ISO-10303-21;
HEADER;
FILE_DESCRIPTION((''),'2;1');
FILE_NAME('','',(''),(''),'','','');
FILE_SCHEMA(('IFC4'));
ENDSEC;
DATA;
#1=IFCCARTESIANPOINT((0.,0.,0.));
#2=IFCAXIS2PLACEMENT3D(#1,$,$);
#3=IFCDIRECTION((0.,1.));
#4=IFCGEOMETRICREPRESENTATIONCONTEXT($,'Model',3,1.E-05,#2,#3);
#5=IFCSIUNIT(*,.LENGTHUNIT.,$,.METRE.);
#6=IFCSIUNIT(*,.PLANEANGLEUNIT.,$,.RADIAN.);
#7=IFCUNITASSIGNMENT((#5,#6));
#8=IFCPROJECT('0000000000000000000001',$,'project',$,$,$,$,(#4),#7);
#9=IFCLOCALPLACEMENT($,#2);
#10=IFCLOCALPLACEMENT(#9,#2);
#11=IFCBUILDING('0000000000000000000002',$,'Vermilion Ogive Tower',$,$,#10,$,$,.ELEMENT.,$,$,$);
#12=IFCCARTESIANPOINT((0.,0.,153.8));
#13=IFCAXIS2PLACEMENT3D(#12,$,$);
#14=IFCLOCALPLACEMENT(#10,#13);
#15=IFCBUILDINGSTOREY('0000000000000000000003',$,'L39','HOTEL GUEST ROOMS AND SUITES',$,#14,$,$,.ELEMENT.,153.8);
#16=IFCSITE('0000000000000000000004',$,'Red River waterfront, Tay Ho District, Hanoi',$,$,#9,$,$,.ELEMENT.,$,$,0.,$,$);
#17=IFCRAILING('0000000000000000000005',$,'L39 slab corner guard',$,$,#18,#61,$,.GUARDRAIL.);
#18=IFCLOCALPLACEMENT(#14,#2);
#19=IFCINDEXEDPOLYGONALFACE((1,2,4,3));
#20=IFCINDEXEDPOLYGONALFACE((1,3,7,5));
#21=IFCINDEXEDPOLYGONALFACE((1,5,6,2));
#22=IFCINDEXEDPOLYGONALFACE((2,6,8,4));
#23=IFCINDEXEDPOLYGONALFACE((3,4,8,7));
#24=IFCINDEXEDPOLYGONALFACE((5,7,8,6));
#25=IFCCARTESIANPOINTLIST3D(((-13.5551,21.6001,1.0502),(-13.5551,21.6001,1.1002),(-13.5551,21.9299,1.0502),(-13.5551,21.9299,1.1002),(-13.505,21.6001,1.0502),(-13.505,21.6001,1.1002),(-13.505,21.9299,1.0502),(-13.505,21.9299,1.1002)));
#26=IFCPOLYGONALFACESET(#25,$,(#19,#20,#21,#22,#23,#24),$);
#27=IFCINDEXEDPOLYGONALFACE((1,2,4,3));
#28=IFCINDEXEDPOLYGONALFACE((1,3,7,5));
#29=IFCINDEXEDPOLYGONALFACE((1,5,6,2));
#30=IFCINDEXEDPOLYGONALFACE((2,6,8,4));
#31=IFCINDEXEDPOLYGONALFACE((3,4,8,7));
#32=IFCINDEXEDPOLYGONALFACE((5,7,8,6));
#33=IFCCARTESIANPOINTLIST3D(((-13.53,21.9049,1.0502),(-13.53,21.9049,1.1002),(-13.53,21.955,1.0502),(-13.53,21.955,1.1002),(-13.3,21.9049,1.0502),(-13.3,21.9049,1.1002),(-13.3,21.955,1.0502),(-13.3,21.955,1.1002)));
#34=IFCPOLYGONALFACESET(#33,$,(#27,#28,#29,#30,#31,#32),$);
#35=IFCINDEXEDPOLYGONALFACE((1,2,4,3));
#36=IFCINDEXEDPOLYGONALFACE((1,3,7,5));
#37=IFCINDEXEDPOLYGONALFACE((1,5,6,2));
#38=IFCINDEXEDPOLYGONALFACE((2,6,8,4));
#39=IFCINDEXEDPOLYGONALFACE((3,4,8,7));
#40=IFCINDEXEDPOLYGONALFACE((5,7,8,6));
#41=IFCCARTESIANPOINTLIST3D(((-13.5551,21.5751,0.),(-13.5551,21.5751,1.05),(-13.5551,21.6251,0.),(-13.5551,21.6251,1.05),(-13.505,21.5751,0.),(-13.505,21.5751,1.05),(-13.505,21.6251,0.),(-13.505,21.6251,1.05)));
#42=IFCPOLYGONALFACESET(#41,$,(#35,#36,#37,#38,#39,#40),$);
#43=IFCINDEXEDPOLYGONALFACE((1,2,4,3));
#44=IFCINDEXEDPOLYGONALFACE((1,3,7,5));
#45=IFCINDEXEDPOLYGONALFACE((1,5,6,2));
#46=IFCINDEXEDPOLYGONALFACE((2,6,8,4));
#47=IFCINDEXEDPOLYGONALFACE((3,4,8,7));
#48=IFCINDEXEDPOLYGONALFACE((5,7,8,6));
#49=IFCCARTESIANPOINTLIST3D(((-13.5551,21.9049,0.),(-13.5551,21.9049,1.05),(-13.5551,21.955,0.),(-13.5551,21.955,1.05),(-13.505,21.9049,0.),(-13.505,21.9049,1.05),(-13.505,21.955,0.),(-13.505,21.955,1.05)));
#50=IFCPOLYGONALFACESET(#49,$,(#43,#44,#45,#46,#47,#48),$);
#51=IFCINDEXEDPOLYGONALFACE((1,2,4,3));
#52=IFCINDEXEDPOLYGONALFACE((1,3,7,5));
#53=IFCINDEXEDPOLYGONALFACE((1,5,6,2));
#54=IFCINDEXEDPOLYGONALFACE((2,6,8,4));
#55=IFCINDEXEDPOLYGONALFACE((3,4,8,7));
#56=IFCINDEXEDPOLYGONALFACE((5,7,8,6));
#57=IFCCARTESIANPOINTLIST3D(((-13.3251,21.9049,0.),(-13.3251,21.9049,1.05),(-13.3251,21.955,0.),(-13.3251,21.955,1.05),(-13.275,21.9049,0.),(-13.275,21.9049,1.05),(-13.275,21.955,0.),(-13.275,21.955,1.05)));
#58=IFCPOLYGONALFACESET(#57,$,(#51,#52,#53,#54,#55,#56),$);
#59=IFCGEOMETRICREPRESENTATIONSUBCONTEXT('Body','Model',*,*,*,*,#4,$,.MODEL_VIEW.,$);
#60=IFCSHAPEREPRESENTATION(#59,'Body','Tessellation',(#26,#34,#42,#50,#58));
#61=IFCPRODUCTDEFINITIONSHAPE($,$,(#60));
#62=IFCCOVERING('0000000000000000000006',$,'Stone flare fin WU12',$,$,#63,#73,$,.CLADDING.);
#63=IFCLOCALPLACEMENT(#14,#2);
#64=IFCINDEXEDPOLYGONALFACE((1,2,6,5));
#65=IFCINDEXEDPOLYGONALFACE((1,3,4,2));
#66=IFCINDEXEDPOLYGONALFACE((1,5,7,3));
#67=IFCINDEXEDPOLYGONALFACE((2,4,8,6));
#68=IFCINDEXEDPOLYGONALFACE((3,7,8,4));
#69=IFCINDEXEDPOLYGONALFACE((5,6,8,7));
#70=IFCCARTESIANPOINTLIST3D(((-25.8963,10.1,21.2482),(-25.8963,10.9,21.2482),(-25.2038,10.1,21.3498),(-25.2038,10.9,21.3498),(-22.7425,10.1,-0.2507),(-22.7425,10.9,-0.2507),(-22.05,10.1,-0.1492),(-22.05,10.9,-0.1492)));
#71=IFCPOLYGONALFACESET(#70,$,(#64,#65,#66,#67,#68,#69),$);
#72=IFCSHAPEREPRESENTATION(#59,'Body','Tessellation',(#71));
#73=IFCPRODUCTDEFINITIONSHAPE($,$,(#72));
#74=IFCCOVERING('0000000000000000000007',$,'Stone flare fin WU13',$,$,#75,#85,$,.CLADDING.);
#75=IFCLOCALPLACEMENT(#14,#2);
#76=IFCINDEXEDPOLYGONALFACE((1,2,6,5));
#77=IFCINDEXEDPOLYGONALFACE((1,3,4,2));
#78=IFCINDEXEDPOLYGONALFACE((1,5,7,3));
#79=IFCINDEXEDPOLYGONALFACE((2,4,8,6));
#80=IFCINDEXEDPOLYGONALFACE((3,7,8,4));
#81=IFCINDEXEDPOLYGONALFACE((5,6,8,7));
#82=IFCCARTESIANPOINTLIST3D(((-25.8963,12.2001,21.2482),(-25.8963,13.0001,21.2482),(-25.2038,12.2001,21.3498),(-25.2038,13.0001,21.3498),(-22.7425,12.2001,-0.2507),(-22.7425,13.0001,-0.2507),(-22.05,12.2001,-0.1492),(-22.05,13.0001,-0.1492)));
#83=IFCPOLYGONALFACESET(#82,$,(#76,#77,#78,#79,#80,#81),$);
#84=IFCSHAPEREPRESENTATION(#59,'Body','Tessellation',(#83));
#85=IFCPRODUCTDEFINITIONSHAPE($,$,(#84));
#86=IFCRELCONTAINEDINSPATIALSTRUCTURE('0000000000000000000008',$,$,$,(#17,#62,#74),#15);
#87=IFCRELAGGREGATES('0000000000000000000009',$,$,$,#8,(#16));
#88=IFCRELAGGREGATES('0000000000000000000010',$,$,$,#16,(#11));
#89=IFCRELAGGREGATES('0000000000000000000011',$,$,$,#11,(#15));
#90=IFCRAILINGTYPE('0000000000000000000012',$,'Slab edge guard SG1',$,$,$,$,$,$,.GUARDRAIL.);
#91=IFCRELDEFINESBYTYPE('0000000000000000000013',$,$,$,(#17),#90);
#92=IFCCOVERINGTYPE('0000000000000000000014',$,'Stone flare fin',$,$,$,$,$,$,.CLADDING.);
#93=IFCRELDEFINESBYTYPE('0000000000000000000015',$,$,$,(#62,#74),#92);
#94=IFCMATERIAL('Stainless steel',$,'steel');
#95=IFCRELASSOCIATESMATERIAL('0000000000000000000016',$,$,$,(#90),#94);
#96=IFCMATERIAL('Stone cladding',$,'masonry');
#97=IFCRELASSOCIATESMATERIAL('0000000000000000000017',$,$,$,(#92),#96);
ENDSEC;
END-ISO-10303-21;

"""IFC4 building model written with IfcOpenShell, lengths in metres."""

from ifc_helpers import new_model, si_unit, direction, frame, origin, origin_2d, place, context, subcontext, project, spatial, rectangle, extrude, material, material_profile, profile_set, type_object, element, save


model = new_model("IFC4")

# Units and contexts
model_context = context("Model", 3, precision=1e-05, world=origin(), true_north=direction((0.0, 1.0)))
body_context = subcontext(model_context, "Body", "Model", "MODEL_VIEW")
ifc_project = project(units=[si_unit("LENGTHUNIT", "METRE"), si_unit("PLANEANGLEUNIT", "RADIAN")], contexts=[model_context])

# Site, building, storey
site_placement = place(None, origin())
site = spatial("IfcSite", under=ifc_project, at=site_placement, Name="Red River waterfront, Tay Ho District, Hanoi", CompositionType="ELEMENT", RefElevation=0.0)
building_placement = place(site_placement, origin())
building = spatial("IfcBuilding", under=site, at=building_placement, Name="Vermilion Ogive Tower", CompositionType="ELEMENT")
storey_placement = place(building_placement, frame((0.0, 0.0, 153.8)))
storey = spatial("IfcBuildingStorey", under=building, at=storey_placement, Name="L39", Description="HOTEL GUEST ROOMS AND SUITES", CompositionType="ELEMENT", Elevation=153.8)

# Railing
ifc_material_1 = material(Name="Stainless steel", Category="steel")
railing_type = type_object("IfcRailingType", Name="Slab edge guard SG1", PredefinedType="GUARDRAIL", material=ifc_material_1)
railing_1_placement = place(storey_placement, frame((-13.53, 21.6001, 0.0)))
element("IfcRailing", 1, at=railing_1_placement, inside=storey, type_object=railing_type, Name="L39 slab corner guard", PredefinedType="GUARDRAIL", context=body_context, shape_type="SweptSolid", body=[
    extrude(rectangle(XDim=0.05, YDim=0.05, at=origin_2d()), frame((0.0, 0.0, 1.0752), z_axis=(0.0, 1.0, 0.0), x_axis=(-1.0, 0.0, 0.0)), (0.0, 0.0, 1.0), 0.3298),
    extrude(rectangle(XDim=0.05, YDim=0.05, at=origin_2d()), frame((0.0, 0.3298, 1.0752), z_axis=(1.0, 0.0, 0.0), x_axis=(0.0, 1.0, 0.0)), (0.0, 0.0, 1.0), 0.23),
    extrude(rectangle(XDim=0.05, YDim=0.05, at=origin_2d()), origin(), (0.0, 0.0, 1.0), 1.05),
    extrude(rectangle(XDim=0.05, YDim=0.05, at=origin_2d()), frame((0.0, 0.3298, 0.0)), (0.0, 0.0, 1.0), 1.05),
    extrude(rectangle(XDim=0.05, YDim=0.05, at=origin_2d()), frame((0.23, 0.3298, 0.0)), (0.0, 0.0, 1.0), 1.05),
])

# Coverings
ifc_material_2 = material(Name="Stone cladding", Category="masonry")
ifc_material_profile_1 = material_profile(ifc_material_2, rectangle(XDim=0.8, YDim=0.7, at=origin_2d()), Name="STONE 800x700")
ifc_profile_set_1 = profile_set([ifc_material_profile_1], Name="Stone cladding")
covering_type = type_object("IfcCoveringType", Name="Stone flare fin", PredefinedType="CLADDING", material=ifc_profile_set_1)
for number, where, z_axis, x_axis, name in (
    (2, (-22.3962, 10.5, -0.2), (-0.145142, 0.0, 0.989411), (0.0, -1.0, 0.0), "Stone flare fin WU12"),
    (3, (-22.3962, 12.6001, -0.2), (-0.145142, 0.0, 0.989411), (0.0, -1.0, 0.0), "Stone flare fin WU13"),
):
    element("IfcCovering", number, at=place(storey_placement, frame(where, z_axis=z_axis, x_axis=x_axis)), inside=storey, type_object=covering_type, Name=name, PredefinedType="CLADDING", context=body_context, shape_type="SweptSolid", body=[
        extrude(rectangle(XDim=0.8, YDim=0.7, at=origin_2d()), origin(), (0.0, 0.0, 1.0), 21.729),
    ])

save(model, "model.ifc")
